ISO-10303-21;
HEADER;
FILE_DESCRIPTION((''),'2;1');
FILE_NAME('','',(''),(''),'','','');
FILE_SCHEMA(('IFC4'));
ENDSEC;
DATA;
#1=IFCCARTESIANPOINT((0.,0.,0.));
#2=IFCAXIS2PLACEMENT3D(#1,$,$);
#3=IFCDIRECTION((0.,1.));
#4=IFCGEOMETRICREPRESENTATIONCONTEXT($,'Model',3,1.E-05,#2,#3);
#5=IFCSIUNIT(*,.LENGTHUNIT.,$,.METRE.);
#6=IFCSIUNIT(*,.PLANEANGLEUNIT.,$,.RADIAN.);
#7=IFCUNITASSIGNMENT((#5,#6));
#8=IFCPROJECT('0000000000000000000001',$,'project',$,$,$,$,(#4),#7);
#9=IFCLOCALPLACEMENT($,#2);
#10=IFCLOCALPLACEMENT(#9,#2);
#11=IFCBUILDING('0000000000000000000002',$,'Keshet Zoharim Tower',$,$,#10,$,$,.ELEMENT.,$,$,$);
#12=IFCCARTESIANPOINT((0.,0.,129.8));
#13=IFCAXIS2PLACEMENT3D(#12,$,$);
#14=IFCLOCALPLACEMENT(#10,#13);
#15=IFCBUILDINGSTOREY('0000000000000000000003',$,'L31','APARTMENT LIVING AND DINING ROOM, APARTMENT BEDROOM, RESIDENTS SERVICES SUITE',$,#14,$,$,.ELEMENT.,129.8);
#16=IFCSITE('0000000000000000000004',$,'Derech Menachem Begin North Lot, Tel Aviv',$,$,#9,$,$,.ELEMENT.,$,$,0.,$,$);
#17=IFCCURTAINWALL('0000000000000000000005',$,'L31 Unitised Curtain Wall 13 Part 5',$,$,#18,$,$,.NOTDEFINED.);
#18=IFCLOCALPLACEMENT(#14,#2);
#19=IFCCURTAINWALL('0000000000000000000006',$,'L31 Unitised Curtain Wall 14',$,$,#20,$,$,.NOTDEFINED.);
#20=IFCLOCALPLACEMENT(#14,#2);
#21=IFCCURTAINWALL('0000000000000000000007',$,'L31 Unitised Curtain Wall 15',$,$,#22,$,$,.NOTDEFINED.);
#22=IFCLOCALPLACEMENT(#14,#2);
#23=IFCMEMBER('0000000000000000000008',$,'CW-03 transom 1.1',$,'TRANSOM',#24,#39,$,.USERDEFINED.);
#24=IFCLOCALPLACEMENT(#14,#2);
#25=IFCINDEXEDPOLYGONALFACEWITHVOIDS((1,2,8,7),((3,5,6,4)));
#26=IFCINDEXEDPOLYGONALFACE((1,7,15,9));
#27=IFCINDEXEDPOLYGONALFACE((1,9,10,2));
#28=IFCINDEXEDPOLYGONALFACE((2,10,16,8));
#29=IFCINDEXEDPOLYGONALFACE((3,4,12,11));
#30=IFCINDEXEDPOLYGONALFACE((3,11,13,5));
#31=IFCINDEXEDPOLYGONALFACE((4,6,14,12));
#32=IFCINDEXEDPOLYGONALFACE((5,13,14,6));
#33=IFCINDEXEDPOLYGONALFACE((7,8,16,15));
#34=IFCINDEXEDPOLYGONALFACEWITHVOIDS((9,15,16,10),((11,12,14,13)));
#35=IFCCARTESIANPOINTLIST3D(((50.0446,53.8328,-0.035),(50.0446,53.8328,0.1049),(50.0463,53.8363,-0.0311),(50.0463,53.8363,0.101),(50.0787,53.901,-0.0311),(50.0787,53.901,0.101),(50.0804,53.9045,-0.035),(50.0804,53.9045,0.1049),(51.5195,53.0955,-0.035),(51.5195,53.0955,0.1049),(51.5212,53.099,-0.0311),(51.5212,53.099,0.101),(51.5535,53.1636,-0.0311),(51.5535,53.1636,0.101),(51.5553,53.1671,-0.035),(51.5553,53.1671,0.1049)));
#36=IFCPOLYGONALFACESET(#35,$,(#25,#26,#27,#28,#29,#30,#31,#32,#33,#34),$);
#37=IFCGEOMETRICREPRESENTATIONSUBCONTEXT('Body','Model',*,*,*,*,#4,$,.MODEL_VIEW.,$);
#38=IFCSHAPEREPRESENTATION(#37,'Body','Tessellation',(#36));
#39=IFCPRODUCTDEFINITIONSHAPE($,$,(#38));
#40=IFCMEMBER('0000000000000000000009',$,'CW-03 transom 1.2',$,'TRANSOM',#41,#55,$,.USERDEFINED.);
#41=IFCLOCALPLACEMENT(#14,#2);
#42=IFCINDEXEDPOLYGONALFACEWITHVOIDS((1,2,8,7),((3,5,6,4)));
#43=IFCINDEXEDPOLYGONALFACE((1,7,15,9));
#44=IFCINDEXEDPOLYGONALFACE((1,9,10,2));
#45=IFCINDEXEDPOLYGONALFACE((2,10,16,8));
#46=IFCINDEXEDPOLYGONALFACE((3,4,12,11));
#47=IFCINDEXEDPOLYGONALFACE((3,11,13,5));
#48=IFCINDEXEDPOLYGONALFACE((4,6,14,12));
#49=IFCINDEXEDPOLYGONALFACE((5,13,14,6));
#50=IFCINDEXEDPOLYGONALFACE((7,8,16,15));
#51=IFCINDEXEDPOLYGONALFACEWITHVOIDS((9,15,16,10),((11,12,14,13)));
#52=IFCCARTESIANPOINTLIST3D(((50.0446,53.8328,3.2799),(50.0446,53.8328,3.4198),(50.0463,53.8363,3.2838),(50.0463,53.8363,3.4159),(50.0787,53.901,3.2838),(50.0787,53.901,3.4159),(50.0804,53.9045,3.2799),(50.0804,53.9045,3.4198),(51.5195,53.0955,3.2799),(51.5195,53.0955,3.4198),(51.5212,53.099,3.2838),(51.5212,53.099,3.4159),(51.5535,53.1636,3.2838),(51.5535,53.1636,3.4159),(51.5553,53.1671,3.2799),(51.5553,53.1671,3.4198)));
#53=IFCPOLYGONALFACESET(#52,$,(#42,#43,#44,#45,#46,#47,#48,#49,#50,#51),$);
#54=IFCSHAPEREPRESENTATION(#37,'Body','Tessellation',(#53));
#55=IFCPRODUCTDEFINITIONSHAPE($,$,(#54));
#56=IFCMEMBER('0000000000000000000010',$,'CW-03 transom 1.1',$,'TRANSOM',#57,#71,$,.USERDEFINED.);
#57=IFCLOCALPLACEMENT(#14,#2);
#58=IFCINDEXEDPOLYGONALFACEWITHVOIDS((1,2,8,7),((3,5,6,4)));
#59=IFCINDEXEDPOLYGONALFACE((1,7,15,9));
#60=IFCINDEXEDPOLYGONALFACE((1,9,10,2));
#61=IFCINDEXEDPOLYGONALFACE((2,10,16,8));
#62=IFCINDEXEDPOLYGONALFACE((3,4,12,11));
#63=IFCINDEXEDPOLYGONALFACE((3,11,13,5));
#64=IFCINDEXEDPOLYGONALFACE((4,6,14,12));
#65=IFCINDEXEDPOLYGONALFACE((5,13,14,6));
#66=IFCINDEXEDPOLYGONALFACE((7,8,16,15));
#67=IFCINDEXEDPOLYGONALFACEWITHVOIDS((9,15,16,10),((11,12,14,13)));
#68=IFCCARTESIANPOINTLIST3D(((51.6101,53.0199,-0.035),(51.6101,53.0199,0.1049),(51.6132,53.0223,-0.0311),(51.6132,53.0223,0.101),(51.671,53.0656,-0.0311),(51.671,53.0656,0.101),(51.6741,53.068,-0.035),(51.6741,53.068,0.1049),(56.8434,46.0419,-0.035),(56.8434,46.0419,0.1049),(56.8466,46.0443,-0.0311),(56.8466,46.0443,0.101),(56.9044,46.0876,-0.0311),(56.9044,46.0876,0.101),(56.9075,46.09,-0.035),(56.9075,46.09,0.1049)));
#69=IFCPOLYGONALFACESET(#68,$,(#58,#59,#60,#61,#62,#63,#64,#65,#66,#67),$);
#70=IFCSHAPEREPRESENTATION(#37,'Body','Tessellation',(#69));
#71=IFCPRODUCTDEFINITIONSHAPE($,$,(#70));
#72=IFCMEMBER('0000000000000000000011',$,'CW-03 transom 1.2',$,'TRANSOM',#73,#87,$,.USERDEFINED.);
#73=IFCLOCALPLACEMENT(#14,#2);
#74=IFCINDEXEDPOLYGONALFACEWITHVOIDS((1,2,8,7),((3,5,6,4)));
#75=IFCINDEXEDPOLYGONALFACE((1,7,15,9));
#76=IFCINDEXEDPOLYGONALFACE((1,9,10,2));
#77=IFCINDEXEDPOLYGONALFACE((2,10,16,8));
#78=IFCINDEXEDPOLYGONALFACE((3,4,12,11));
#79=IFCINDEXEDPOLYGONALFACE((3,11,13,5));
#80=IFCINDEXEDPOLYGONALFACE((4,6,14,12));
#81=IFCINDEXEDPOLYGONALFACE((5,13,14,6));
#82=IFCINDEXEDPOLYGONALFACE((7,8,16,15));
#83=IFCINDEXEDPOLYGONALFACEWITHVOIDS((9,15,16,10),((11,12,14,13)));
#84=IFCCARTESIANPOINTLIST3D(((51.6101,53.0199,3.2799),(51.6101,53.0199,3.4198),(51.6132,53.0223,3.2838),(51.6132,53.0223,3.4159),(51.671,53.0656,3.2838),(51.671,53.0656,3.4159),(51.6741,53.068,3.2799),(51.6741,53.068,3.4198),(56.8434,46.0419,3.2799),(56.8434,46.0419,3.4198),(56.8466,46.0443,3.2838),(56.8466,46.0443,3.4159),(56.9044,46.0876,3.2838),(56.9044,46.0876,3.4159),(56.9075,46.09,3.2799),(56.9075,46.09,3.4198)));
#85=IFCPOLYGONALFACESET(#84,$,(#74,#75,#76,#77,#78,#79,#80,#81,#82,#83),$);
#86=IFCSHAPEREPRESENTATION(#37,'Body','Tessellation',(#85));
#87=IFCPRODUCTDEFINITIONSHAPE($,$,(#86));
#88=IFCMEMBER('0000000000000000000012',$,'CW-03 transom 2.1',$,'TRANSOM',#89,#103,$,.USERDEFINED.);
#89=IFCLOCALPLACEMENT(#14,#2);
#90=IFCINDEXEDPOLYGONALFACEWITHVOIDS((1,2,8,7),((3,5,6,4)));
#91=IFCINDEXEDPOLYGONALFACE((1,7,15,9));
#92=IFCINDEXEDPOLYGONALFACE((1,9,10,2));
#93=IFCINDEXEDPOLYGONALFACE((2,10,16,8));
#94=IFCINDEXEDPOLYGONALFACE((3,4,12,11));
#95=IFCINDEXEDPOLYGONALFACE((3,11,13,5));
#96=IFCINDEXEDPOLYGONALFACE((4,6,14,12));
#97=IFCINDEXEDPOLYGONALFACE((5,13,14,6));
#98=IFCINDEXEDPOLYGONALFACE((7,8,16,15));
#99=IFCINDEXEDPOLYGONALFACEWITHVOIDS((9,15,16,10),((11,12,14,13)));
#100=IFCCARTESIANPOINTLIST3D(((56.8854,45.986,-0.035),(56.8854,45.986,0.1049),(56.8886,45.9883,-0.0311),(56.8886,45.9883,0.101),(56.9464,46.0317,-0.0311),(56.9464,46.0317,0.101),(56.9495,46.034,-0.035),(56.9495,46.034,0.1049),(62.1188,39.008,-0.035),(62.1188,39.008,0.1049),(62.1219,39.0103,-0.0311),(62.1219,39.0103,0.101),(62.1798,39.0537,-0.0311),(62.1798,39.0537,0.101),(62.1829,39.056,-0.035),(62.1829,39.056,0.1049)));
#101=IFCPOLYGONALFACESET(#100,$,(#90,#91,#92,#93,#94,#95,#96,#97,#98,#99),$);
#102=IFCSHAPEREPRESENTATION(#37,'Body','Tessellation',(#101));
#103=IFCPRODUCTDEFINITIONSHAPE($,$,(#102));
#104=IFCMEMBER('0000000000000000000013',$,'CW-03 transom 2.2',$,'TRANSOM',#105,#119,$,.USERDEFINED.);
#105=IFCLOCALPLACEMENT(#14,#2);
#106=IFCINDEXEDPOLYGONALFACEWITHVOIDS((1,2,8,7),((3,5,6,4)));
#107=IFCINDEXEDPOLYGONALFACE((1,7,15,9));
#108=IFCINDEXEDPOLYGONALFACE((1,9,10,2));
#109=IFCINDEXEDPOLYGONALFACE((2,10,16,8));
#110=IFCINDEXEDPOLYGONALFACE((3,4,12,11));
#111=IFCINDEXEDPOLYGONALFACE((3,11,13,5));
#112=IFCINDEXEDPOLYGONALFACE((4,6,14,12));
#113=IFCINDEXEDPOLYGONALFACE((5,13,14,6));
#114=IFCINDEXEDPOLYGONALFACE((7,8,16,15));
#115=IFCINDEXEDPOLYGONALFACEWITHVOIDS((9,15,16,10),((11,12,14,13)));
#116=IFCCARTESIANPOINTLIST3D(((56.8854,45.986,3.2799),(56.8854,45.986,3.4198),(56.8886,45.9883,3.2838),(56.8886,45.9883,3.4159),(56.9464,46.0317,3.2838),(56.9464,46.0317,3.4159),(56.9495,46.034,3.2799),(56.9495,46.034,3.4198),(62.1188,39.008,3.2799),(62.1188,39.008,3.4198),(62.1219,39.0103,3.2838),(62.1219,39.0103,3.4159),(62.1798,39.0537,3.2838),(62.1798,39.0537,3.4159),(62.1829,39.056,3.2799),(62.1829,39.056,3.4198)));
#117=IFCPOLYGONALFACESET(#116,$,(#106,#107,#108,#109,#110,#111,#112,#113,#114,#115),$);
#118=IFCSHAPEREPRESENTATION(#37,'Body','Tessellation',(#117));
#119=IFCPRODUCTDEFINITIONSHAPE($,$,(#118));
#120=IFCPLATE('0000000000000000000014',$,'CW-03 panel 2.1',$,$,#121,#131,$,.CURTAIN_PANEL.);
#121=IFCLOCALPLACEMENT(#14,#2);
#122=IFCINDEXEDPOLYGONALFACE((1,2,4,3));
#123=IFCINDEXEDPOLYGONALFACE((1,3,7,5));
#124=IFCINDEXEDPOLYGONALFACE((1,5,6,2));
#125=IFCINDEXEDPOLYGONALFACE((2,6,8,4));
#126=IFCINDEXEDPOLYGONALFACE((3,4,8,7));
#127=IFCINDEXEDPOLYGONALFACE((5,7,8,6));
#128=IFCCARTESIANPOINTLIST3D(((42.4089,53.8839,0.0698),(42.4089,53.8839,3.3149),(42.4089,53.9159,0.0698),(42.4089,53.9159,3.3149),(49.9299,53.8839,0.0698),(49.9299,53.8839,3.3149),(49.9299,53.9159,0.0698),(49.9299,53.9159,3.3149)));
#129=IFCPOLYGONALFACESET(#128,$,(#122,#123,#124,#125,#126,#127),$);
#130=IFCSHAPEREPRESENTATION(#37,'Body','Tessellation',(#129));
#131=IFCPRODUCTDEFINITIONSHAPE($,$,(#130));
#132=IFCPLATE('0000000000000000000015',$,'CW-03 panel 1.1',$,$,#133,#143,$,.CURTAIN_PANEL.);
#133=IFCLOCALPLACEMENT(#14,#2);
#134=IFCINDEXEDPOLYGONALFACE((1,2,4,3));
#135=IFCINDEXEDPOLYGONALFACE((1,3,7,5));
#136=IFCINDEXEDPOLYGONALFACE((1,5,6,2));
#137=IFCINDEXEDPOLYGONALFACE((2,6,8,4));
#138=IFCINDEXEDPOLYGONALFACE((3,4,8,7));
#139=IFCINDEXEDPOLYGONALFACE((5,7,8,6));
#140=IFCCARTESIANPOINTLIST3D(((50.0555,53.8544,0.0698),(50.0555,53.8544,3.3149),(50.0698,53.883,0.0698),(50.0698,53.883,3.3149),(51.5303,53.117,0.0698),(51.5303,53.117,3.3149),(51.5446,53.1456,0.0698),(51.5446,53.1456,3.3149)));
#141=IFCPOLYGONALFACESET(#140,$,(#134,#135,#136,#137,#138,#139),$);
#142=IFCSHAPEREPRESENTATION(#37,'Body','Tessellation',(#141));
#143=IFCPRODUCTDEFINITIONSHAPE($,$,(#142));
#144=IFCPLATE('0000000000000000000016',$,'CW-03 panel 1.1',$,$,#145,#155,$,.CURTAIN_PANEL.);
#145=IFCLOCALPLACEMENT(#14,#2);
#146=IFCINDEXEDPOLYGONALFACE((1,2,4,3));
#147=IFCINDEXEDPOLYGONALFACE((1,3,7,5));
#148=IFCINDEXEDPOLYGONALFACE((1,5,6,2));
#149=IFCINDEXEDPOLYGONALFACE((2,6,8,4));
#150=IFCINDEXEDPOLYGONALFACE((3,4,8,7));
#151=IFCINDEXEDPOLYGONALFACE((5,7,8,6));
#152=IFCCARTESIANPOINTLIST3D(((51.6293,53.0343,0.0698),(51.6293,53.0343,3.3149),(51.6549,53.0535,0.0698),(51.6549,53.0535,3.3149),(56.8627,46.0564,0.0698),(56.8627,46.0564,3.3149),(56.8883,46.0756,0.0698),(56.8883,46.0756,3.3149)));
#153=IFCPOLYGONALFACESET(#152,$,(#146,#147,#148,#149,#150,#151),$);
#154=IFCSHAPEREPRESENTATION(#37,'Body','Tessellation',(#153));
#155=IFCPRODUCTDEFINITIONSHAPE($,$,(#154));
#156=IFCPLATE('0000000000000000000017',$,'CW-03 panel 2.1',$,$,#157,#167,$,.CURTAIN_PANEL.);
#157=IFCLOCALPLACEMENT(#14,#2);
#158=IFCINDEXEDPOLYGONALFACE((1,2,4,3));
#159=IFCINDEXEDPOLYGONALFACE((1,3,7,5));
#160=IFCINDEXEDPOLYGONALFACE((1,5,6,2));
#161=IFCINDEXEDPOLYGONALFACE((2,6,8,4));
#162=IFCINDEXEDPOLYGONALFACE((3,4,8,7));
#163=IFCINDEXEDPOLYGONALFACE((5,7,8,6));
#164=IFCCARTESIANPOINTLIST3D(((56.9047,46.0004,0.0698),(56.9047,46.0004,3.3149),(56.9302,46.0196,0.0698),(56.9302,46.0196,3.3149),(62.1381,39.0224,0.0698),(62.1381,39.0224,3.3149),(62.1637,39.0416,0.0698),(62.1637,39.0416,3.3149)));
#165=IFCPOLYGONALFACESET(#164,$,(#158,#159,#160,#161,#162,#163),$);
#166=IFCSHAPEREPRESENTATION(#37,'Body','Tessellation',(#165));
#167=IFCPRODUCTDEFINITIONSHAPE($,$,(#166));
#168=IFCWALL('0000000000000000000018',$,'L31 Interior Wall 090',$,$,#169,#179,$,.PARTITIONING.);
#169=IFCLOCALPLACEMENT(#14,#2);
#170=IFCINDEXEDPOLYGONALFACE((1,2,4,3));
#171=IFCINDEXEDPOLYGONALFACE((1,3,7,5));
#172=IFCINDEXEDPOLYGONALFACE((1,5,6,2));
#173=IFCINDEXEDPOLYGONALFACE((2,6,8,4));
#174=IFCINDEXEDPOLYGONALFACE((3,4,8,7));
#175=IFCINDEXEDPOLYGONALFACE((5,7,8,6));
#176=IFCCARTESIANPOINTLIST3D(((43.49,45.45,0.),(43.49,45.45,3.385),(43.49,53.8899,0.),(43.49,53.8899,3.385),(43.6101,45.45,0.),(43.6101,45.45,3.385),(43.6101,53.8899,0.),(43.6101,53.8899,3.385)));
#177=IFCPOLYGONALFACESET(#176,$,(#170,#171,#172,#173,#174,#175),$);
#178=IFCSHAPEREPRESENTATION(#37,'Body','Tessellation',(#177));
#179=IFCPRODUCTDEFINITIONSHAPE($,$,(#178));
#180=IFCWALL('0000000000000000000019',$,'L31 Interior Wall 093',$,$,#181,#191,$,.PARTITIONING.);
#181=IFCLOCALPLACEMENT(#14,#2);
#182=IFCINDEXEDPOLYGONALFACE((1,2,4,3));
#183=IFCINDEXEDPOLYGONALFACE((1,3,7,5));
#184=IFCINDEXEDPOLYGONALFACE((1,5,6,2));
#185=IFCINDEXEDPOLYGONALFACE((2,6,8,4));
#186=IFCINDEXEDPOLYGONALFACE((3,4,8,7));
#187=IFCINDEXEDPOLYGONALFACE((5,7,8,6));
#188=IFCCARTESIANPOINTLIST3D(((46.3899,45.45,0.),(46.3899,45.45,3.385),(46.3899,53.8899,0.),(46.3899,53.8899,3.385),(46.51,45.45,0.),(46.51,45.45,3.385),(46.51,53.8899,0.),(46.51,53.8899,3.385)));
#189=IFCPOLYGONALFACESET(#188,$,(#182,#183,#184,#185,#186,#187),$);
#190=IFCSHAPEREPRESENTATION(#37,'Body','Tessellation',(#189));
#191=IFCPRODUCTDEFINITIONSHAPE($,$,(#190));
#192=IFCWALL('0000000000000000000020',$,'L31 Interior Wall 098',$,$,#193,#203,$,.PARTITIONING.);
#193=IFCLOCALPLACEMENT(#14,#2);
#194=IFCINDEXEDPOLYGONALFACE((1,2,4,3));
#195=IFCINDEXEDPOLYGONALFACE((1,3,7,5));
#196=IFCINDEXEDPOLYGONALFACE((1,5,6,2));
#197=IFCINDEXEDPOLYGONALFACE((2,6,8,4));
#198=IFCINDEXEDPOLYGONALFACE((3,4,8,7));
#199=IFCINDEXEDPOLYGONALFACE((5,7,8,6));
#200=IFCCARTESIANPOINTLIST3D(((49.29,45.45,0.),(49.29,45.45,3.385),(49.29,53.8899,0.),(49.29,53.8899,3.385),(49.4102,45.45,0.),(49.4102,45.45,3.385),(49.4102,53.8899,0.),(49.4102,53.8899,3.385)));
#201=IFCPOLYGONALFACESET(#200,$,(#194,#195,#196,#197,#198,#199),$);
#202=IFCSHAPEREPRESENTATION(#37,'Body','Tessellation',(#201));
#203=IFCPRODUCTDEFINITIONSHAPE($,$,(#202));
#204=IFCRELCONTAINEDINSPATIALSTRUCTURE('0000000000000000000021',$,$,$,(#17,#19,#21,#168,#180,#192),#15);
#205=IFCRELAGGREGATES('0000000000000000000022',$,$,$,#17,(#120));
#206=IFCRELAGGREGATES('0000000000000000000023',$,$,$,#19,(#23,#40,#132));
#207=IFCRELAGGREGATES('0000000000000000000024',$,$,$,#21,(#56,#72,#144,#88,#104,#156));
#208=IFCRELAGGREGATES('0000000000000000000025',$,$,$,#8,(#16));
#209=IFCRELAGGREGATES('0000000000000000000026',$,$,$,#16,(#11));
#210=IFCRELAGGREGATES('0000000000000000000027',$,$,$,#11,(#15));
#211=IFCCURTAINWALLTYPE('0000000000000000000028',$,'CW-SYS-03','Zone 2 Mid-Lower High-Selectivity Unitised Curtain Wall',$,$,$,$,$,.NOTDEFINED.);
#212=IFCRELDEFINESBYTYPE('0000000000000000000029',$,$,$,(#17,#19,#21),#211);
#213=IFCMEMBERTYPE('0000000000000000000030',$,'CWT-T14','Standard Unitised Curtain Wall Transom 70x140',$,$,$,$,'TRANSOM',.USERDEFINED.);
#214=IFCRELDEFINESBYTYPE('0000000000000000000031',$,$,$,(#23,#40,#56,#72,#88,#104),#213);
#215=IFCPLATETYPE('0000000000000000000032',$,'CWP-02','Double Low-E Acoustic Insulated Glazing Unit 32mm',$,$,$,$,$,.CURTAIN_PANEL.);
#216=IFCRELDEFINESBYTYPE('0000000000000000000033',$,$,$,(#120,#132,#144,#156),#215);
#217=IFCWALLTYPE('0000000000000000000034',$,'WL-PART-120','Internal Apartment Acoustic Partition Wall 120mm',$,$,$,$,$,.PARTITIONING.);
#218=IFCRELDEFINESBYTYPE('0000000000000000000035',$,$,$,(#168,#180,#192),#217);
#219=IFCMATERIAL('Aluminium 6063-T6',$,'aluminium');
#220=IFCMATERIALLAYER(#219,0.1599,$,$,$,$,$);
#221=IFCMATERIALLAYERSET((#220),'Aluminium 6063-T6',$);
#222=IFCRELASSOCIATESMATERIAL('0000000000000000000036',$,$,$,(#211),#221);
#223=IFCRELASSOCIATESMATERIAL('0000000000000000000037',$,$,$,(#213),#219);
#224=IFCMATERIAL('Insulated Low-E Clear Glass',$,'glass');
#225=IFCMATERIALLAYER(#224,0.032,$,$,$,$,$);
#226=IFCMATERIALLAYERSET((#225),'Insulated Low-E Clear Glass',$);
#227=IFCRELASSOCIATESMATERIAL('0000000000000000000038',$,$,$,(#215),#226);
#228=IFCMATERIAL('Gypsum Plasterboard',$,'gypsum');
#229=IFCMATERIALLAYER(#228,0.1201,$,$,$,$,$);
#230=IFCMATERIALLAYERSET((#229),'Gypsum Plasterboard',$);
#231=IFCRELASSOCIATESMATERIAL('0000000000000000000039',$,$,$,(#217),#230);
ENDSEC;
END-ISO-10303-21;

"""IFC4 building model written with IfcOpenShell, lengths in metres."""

from ifc_helpers import new_model, si_unit, direction, frame, frame_2d, origin, origin_2d, place, context, subcontext, project, spatial, rectangle, hollow_rectangle, extrude, material, layer, layer_set, material_profile, profile_set, type_object, element, aggregate, save


model = new_model("IFC4")

# Units and contexts
model_context = context("Model", 3, precision=1e-05, world=origin(), true_north=direction((0.0, 1.0)))
body_context = subcontext(model_context, "Body", "Model", "MODEL_VIEW")
ifc_project = project(units=[si_unit("LENGTHUNIT", "METRE"), si_unit("PLANEANGLEUNIT", "RADIAN")], contexts=[model_context])

# Site, building, storey
site_placement = place(None, origin())
site = spatial("IfcSite", under=ifc_project, at=site_placement, Name="Derech Menachem Begin North Lot, Tel Aviv", CompositionType="ELEMENT", RefElevation=0.0)
building_placement = place(site_placement, origin())
building = spatial("IfcBuilding", under=site, at=building_placement, Name="Keshet Zoharim Tower", CompositionType="ELEMENT")
storey_placement = place(building_placement, frame((0.0, 0.0, 129.8)))
storey = spatial("IfcBuildingStorey", under=building, at=storey_placement, Name="L31", Description="APARTMENT LIVING AND DINING ROOM, APARTMENT BEDROOM, RESIDENTS SERVICES SUITE", CompositionType="ELEMENT", Elevation=129.8)

# Curtain walls
ifc_material_1 = material(Name="Aluminium 6063-T6", Category="aluminium")
ifc_layer_1 = layer(ifc_material_1, 0.1599)
ifc_layer_set_1 = layer_set([ifc_layer_1], Name="Aluminium 6063-T6")
curtain_wall_type = type_object("IfcCurtainWallType", Name="CW-SYS-03", Description="Zone 2 Mid-Lower High-Selectivity Unitised Curtain Wall", PredefinedType="NOTDEFINED", material=ifc_layer_set_1)
curtain_wall_1_placement = place(storey_placement, origin())
curtain_wall_1 = element("IfcCurtainWall", 1, at=curtain_wall_1_placement, inside=storey, type_object=curtain_wall_type, Name="L31 Unitised Curtain Wall 13 Part 5", PredefinedType="NOTDEFINED")
curtain_wall_2_placement = place(storey_placement, origin())
curtain_wall_2 = element("IfcCurtainWall", 2, at=curtain_wall_2_placement, inside=storey, type_object=curtain_wall_type, Name="L31 Unitised Curtain Wall 14", PredefinedType="NOTDEFINED")
curtain_wall_3_placement = place(storey_placement, origin())
curtain_wall_3 = element("IfcCurtainWall", 3, at=curtain_wall_3_placement, inside=storey, type_object=curtain_wall_type, Name="L31 Unitised Curtain Wall 15", PredefinedType="NOTDEFINED")

# Members
ifc_material_profile_1 = material_profile(ifc_material_1, hollow_rectangle(XDim=0.0801, YDim=0.1399, WallThickness=0.0039, at=origin_2d()), Name="TRN-80x140")
ifc_profile_set_1 = profile_set([ifc_material_profile_1], Name="Aluminium 6063-T6")
member_type_1 = type_object("IfcMemberType", Name="CWT-T14", Description="Standard Unitised Curtain Wall Transom 70x140", ElementType="TRANSOM", PredefinedType="USERDEFINED", material=ifc_profile_set_1)
member_1_placement = place(storey_placement, frame((50.0625, 53.8687, 0.0349), z_axis=(0.894457, -0.447154, 0.0), x_axis=(0.447154, 0.894457, 0.0)))
member_1 = element("IfcMember", 4, at=member_1_placement, type_object=member_type_1, Name="CW-03 transom 1.1", ObjectType="TRANSOM", PredefinedType="USERDEFINED", context=body_context, shape_type="SweptSolid", body=[
    extrude(hollow_rectangle(XDim=0.0801, YDim=0.1399, WallThickness=0.0039, at=origin_2d()), origin(), (0.0, 0.0, 1.0), 1.6489),
])
member_2_placement = place(storey_placement, frame((50.0625, 53.8687, 3.3499), z_axis=(0.894457, -0.447154, 0.0), x_axis=(0.447154, 0.894457, 0.0)))
member_2 = element("IfcMember", 5, at=member_2_placement, type_object=member_type_1, Name="CW-03 transom 1.2", ObjectType="TRANSOM", PredefinedType="USERDEFINED", context=body_context, shape_type="SweptSolid", body=[
    extrude(hollow_rectangle(XDim=0.0801, YDim=0.1399, WallThickness=0.0039, at=origin_2d()), origin(), (0.0, 0.0, 1.0), 1.6489),
])
member_3_placement = place(storey_placement, frame((51.6421, 53.0439, 0.0349), z_axis=(0.599991, -0.800007, 0.0), x_axis=(0.800007, 0.599991, 0.0)))
member_3 = element("IfcMember", 6, at=member_3_placement, type_object=member_type_1, Name="CW-03 transom 1.1", ObjectType="TRANSOM", PredefinedType="USERDEFINED", context=body_context, shape_type="SweptSolid", body=[
    extrude(hollow_rectangle(XDim=0.0801, YDim=0.1399, WallThickness=0.0039, at=origin_2d()), origin(), (0.0, 0.0, 1.0), 8.7224),
])
member_4_placement = place(storey_placement, frame((51.6421, 53.0439, 3.3499), z_axis=(0.599991, -0.800007, 0.0), x_axis=(0.800007, 0.599991, 0.0)))
member_4 = element("IfcMember", 7, at=member_4_placement, type_object=member_type_1, Name="CW-03 transom 1.2", ObjectType="TRANSOM", PredefinedType="USERDEFINED", context=body_context, shape_type="SweptSolid", body=[
    extrude(hollow_rectangle(XDim=0.0801, YDim=0.1399, WallThickness=0.0039, at=origin_2d()), origin(), (0.0, 0.0, 1.0), 8.7224),
])
member_5_placement = place(storey_placement, frame((56.9175, 46.01, 0.0349), z_axis=(0.599991, -0.800007, 0.0), x_axis=(0.800007, 0.599991, 0.0)))
member_5 = element("IfcMember", 8, at=member_5_placement, type_object=member_type_1, Name="CW-03 transom 2.1", ObjectType="TRANSOM", PredefinedType="USERDEFINED", context=body_context, shape_type="SweptSolid", body=[
    extrude(hollow_rectangle(XDim=0.0801, YDim=0.1399, WallThickness=0.0039, at=origin_2d()), origin(), (0.0, 0.0, 1.0), 8.7224),
])
member_6_placement = place(storey_placement, frame((56.9175, 46.01, 3.3499), z_axis=(0.599991, -0.800007, 0.0), x_axis=(0.800007, 0.599991, 0.0)))
member_6 = element("IfcMember", 9, at=member_6_placement, type_object=member_type_1, Name="CW-03 transom 2.2", ObjectType="TRANSOM", PredefinedType="USERDEFINED", context=body_context, shape_type="SweptSolid", body=[
    extrude(hollow_rectangle(XDim=0.0801, YDim=0.1399, WallThickness=0.0039, at=origin_2d()), origin(), (0.0, 0.0, 1.0), 8.7224),
])

# Plates
ifc_material_2 = material(Name="Insulated Low-E Clear Glass", Category="glass")
ifc_layer_2 = layer(ifc_material_2, 0.032)
ifc_layer_set_2 = layer_set([ifc_layer_2], Name="Insulated Low-E Clear Glass")
plate_type = type_object("IfcPlateType", Name="CWP-02", Description="Double Low-E Acoustic Insulated Glazing Unit 32mm", PredefinedType="CURTAIN_PANEL", material=ifc_layer_set_2)
plate_1_placement = place(storey_placement, frame((46.1694, 53.8999, 0.0698), z_axis=(0.0, 0.0, 1.0), x_axis=(1.0, 0.0, 0.0)))
plate_1 = element("IfcPlate", 10, at=plate_1_placement, type_object=plate_type, Name="CW-03 panel 2.1", PredefinedType="CURTAIN_PANEL", context=body_context, shape_type="SweptSolid", body=[
    extrude(rectangle(XDim=7.521, YDim=0.032, at=origin_2d()), origin(), (0.0, 0.0, 1.0), 3.2451),
])
aggregate(curtain_wall_1, [plate_1])
plate_2_placement = place(storey_placement, frame((50.8, 53.5, 0.0698), z_axis=(0.0, 0.0, 1.0), x_axis=(0.894427, -0.447214, 0.0)))
plate_2 = element("IfcPlate", 11, at=plate_2_placement, type_object=plate_type, Name="CW-03 panel 1.1", PredefinedType="CURTAIN_PANEL", context=body_context, shape_type="SweptSolid", body=[
    extrude(rectangle(XDim=1.6489, YDim=0.032, at=origin_2d()), origin(), (0.0, 0.0, 1.0), 3.2451),
])
aggregate(curtain_wall_2, [member_1, member_2, plate_2])
plate_3_placement = place(storey_placement, frame((54.2588, 49.5549, 0.0698), z_axis=(0.0, 0.0, 1.0), x_axis=(0.6, -0.8, 0.0)))
plate_3 = element("IfcPlate", 12, at=plate_3_placement, type_object=plate_type, Name="CW-03 panel 1.1", PredefinedType="CURTAIN_PANEL", context=body_context, shape_type="SweptSolid", body=[
    extrude(rectangle(XDim=8.7224, YDim=0.032, at=origin_2d()), origin(), (0.0, 0.0, 1.0), 3.2451),
])
plate_4_placement = place(storey_placement, frame((59.5342, 42.521, 0.0698), z_axis=(0.0, 0.0, 1.0), x_axis=(0.6, -0.8, 0.0)))
plate_4 = element("IfcPlate", 13, at=plate_4_placement, type_object=plate_type, Name="CW-03 panel 2.1", PredefinedType="CURTAIN_PANEL", context=body_context, shape_type="SweptSolid", body=[
    extrude(rectangle(XDim=8.7224, YDim=0.032, at=origin_2d()), origin(), (0.0, 0.0, 1.0), 3.2451),
])
aggregate(curtain_wall_3, [member_3, member_4, plate_3, member_5, member_6, plate_4])

# Walls
ifc_material_3 = material(Name="Gypsum Plasterboard", Category="gypsum")
ifc_layer_3 = layer(ifc_material_3, 0.1201)
ifc_layer_set_3 = layer_set([ifc_layer_3], Name="Gypsum Plasterboard")
wall_type_1 = type_object("IfcWallType", Name="WL-PART-120", Description="Internal Apartment Acoustic Partition Wall 120mm", PredefinedType="PARTITIONING", material=ifc_layer_set_3)
for number, where, z_axis, x_axis, name in (
    (14, (43.55, 45.45, 0.0), (0.0, 0.0, 1.0), (0.0, 1.0, 0.0), "L31 Interior Wall 090"),
    (15, (46.45, 45.45, 0.0), (0.0, 0.0, 1.0), (0.0, 1.0, 0.0), "L31 Interior Wall 093"),
    (16, (49.3501, 45.45, 0.0), (0.0, 0.0, 1.0), (0.0, 1.0, 0.0), "L31 Interior Wall 098"),
):
    element("IfcWall", number, at=place(storey_placement, frame(where, z_axis=z_axis, x_axis=x_axis)), inside=storey, type_object=wall_type_1, Name=name, PredefinedType="PARTITIONING", context=body_context, shape_type="SweptSolid", body=[
        extrude(rectangle(XDim=8.4399, YDim=0.1201, at=frame_2d((4.22, 0.0))), origin(), (0.0, 0.0, 1.0), 3.385),
    ])

save(model, "model.ifc")
